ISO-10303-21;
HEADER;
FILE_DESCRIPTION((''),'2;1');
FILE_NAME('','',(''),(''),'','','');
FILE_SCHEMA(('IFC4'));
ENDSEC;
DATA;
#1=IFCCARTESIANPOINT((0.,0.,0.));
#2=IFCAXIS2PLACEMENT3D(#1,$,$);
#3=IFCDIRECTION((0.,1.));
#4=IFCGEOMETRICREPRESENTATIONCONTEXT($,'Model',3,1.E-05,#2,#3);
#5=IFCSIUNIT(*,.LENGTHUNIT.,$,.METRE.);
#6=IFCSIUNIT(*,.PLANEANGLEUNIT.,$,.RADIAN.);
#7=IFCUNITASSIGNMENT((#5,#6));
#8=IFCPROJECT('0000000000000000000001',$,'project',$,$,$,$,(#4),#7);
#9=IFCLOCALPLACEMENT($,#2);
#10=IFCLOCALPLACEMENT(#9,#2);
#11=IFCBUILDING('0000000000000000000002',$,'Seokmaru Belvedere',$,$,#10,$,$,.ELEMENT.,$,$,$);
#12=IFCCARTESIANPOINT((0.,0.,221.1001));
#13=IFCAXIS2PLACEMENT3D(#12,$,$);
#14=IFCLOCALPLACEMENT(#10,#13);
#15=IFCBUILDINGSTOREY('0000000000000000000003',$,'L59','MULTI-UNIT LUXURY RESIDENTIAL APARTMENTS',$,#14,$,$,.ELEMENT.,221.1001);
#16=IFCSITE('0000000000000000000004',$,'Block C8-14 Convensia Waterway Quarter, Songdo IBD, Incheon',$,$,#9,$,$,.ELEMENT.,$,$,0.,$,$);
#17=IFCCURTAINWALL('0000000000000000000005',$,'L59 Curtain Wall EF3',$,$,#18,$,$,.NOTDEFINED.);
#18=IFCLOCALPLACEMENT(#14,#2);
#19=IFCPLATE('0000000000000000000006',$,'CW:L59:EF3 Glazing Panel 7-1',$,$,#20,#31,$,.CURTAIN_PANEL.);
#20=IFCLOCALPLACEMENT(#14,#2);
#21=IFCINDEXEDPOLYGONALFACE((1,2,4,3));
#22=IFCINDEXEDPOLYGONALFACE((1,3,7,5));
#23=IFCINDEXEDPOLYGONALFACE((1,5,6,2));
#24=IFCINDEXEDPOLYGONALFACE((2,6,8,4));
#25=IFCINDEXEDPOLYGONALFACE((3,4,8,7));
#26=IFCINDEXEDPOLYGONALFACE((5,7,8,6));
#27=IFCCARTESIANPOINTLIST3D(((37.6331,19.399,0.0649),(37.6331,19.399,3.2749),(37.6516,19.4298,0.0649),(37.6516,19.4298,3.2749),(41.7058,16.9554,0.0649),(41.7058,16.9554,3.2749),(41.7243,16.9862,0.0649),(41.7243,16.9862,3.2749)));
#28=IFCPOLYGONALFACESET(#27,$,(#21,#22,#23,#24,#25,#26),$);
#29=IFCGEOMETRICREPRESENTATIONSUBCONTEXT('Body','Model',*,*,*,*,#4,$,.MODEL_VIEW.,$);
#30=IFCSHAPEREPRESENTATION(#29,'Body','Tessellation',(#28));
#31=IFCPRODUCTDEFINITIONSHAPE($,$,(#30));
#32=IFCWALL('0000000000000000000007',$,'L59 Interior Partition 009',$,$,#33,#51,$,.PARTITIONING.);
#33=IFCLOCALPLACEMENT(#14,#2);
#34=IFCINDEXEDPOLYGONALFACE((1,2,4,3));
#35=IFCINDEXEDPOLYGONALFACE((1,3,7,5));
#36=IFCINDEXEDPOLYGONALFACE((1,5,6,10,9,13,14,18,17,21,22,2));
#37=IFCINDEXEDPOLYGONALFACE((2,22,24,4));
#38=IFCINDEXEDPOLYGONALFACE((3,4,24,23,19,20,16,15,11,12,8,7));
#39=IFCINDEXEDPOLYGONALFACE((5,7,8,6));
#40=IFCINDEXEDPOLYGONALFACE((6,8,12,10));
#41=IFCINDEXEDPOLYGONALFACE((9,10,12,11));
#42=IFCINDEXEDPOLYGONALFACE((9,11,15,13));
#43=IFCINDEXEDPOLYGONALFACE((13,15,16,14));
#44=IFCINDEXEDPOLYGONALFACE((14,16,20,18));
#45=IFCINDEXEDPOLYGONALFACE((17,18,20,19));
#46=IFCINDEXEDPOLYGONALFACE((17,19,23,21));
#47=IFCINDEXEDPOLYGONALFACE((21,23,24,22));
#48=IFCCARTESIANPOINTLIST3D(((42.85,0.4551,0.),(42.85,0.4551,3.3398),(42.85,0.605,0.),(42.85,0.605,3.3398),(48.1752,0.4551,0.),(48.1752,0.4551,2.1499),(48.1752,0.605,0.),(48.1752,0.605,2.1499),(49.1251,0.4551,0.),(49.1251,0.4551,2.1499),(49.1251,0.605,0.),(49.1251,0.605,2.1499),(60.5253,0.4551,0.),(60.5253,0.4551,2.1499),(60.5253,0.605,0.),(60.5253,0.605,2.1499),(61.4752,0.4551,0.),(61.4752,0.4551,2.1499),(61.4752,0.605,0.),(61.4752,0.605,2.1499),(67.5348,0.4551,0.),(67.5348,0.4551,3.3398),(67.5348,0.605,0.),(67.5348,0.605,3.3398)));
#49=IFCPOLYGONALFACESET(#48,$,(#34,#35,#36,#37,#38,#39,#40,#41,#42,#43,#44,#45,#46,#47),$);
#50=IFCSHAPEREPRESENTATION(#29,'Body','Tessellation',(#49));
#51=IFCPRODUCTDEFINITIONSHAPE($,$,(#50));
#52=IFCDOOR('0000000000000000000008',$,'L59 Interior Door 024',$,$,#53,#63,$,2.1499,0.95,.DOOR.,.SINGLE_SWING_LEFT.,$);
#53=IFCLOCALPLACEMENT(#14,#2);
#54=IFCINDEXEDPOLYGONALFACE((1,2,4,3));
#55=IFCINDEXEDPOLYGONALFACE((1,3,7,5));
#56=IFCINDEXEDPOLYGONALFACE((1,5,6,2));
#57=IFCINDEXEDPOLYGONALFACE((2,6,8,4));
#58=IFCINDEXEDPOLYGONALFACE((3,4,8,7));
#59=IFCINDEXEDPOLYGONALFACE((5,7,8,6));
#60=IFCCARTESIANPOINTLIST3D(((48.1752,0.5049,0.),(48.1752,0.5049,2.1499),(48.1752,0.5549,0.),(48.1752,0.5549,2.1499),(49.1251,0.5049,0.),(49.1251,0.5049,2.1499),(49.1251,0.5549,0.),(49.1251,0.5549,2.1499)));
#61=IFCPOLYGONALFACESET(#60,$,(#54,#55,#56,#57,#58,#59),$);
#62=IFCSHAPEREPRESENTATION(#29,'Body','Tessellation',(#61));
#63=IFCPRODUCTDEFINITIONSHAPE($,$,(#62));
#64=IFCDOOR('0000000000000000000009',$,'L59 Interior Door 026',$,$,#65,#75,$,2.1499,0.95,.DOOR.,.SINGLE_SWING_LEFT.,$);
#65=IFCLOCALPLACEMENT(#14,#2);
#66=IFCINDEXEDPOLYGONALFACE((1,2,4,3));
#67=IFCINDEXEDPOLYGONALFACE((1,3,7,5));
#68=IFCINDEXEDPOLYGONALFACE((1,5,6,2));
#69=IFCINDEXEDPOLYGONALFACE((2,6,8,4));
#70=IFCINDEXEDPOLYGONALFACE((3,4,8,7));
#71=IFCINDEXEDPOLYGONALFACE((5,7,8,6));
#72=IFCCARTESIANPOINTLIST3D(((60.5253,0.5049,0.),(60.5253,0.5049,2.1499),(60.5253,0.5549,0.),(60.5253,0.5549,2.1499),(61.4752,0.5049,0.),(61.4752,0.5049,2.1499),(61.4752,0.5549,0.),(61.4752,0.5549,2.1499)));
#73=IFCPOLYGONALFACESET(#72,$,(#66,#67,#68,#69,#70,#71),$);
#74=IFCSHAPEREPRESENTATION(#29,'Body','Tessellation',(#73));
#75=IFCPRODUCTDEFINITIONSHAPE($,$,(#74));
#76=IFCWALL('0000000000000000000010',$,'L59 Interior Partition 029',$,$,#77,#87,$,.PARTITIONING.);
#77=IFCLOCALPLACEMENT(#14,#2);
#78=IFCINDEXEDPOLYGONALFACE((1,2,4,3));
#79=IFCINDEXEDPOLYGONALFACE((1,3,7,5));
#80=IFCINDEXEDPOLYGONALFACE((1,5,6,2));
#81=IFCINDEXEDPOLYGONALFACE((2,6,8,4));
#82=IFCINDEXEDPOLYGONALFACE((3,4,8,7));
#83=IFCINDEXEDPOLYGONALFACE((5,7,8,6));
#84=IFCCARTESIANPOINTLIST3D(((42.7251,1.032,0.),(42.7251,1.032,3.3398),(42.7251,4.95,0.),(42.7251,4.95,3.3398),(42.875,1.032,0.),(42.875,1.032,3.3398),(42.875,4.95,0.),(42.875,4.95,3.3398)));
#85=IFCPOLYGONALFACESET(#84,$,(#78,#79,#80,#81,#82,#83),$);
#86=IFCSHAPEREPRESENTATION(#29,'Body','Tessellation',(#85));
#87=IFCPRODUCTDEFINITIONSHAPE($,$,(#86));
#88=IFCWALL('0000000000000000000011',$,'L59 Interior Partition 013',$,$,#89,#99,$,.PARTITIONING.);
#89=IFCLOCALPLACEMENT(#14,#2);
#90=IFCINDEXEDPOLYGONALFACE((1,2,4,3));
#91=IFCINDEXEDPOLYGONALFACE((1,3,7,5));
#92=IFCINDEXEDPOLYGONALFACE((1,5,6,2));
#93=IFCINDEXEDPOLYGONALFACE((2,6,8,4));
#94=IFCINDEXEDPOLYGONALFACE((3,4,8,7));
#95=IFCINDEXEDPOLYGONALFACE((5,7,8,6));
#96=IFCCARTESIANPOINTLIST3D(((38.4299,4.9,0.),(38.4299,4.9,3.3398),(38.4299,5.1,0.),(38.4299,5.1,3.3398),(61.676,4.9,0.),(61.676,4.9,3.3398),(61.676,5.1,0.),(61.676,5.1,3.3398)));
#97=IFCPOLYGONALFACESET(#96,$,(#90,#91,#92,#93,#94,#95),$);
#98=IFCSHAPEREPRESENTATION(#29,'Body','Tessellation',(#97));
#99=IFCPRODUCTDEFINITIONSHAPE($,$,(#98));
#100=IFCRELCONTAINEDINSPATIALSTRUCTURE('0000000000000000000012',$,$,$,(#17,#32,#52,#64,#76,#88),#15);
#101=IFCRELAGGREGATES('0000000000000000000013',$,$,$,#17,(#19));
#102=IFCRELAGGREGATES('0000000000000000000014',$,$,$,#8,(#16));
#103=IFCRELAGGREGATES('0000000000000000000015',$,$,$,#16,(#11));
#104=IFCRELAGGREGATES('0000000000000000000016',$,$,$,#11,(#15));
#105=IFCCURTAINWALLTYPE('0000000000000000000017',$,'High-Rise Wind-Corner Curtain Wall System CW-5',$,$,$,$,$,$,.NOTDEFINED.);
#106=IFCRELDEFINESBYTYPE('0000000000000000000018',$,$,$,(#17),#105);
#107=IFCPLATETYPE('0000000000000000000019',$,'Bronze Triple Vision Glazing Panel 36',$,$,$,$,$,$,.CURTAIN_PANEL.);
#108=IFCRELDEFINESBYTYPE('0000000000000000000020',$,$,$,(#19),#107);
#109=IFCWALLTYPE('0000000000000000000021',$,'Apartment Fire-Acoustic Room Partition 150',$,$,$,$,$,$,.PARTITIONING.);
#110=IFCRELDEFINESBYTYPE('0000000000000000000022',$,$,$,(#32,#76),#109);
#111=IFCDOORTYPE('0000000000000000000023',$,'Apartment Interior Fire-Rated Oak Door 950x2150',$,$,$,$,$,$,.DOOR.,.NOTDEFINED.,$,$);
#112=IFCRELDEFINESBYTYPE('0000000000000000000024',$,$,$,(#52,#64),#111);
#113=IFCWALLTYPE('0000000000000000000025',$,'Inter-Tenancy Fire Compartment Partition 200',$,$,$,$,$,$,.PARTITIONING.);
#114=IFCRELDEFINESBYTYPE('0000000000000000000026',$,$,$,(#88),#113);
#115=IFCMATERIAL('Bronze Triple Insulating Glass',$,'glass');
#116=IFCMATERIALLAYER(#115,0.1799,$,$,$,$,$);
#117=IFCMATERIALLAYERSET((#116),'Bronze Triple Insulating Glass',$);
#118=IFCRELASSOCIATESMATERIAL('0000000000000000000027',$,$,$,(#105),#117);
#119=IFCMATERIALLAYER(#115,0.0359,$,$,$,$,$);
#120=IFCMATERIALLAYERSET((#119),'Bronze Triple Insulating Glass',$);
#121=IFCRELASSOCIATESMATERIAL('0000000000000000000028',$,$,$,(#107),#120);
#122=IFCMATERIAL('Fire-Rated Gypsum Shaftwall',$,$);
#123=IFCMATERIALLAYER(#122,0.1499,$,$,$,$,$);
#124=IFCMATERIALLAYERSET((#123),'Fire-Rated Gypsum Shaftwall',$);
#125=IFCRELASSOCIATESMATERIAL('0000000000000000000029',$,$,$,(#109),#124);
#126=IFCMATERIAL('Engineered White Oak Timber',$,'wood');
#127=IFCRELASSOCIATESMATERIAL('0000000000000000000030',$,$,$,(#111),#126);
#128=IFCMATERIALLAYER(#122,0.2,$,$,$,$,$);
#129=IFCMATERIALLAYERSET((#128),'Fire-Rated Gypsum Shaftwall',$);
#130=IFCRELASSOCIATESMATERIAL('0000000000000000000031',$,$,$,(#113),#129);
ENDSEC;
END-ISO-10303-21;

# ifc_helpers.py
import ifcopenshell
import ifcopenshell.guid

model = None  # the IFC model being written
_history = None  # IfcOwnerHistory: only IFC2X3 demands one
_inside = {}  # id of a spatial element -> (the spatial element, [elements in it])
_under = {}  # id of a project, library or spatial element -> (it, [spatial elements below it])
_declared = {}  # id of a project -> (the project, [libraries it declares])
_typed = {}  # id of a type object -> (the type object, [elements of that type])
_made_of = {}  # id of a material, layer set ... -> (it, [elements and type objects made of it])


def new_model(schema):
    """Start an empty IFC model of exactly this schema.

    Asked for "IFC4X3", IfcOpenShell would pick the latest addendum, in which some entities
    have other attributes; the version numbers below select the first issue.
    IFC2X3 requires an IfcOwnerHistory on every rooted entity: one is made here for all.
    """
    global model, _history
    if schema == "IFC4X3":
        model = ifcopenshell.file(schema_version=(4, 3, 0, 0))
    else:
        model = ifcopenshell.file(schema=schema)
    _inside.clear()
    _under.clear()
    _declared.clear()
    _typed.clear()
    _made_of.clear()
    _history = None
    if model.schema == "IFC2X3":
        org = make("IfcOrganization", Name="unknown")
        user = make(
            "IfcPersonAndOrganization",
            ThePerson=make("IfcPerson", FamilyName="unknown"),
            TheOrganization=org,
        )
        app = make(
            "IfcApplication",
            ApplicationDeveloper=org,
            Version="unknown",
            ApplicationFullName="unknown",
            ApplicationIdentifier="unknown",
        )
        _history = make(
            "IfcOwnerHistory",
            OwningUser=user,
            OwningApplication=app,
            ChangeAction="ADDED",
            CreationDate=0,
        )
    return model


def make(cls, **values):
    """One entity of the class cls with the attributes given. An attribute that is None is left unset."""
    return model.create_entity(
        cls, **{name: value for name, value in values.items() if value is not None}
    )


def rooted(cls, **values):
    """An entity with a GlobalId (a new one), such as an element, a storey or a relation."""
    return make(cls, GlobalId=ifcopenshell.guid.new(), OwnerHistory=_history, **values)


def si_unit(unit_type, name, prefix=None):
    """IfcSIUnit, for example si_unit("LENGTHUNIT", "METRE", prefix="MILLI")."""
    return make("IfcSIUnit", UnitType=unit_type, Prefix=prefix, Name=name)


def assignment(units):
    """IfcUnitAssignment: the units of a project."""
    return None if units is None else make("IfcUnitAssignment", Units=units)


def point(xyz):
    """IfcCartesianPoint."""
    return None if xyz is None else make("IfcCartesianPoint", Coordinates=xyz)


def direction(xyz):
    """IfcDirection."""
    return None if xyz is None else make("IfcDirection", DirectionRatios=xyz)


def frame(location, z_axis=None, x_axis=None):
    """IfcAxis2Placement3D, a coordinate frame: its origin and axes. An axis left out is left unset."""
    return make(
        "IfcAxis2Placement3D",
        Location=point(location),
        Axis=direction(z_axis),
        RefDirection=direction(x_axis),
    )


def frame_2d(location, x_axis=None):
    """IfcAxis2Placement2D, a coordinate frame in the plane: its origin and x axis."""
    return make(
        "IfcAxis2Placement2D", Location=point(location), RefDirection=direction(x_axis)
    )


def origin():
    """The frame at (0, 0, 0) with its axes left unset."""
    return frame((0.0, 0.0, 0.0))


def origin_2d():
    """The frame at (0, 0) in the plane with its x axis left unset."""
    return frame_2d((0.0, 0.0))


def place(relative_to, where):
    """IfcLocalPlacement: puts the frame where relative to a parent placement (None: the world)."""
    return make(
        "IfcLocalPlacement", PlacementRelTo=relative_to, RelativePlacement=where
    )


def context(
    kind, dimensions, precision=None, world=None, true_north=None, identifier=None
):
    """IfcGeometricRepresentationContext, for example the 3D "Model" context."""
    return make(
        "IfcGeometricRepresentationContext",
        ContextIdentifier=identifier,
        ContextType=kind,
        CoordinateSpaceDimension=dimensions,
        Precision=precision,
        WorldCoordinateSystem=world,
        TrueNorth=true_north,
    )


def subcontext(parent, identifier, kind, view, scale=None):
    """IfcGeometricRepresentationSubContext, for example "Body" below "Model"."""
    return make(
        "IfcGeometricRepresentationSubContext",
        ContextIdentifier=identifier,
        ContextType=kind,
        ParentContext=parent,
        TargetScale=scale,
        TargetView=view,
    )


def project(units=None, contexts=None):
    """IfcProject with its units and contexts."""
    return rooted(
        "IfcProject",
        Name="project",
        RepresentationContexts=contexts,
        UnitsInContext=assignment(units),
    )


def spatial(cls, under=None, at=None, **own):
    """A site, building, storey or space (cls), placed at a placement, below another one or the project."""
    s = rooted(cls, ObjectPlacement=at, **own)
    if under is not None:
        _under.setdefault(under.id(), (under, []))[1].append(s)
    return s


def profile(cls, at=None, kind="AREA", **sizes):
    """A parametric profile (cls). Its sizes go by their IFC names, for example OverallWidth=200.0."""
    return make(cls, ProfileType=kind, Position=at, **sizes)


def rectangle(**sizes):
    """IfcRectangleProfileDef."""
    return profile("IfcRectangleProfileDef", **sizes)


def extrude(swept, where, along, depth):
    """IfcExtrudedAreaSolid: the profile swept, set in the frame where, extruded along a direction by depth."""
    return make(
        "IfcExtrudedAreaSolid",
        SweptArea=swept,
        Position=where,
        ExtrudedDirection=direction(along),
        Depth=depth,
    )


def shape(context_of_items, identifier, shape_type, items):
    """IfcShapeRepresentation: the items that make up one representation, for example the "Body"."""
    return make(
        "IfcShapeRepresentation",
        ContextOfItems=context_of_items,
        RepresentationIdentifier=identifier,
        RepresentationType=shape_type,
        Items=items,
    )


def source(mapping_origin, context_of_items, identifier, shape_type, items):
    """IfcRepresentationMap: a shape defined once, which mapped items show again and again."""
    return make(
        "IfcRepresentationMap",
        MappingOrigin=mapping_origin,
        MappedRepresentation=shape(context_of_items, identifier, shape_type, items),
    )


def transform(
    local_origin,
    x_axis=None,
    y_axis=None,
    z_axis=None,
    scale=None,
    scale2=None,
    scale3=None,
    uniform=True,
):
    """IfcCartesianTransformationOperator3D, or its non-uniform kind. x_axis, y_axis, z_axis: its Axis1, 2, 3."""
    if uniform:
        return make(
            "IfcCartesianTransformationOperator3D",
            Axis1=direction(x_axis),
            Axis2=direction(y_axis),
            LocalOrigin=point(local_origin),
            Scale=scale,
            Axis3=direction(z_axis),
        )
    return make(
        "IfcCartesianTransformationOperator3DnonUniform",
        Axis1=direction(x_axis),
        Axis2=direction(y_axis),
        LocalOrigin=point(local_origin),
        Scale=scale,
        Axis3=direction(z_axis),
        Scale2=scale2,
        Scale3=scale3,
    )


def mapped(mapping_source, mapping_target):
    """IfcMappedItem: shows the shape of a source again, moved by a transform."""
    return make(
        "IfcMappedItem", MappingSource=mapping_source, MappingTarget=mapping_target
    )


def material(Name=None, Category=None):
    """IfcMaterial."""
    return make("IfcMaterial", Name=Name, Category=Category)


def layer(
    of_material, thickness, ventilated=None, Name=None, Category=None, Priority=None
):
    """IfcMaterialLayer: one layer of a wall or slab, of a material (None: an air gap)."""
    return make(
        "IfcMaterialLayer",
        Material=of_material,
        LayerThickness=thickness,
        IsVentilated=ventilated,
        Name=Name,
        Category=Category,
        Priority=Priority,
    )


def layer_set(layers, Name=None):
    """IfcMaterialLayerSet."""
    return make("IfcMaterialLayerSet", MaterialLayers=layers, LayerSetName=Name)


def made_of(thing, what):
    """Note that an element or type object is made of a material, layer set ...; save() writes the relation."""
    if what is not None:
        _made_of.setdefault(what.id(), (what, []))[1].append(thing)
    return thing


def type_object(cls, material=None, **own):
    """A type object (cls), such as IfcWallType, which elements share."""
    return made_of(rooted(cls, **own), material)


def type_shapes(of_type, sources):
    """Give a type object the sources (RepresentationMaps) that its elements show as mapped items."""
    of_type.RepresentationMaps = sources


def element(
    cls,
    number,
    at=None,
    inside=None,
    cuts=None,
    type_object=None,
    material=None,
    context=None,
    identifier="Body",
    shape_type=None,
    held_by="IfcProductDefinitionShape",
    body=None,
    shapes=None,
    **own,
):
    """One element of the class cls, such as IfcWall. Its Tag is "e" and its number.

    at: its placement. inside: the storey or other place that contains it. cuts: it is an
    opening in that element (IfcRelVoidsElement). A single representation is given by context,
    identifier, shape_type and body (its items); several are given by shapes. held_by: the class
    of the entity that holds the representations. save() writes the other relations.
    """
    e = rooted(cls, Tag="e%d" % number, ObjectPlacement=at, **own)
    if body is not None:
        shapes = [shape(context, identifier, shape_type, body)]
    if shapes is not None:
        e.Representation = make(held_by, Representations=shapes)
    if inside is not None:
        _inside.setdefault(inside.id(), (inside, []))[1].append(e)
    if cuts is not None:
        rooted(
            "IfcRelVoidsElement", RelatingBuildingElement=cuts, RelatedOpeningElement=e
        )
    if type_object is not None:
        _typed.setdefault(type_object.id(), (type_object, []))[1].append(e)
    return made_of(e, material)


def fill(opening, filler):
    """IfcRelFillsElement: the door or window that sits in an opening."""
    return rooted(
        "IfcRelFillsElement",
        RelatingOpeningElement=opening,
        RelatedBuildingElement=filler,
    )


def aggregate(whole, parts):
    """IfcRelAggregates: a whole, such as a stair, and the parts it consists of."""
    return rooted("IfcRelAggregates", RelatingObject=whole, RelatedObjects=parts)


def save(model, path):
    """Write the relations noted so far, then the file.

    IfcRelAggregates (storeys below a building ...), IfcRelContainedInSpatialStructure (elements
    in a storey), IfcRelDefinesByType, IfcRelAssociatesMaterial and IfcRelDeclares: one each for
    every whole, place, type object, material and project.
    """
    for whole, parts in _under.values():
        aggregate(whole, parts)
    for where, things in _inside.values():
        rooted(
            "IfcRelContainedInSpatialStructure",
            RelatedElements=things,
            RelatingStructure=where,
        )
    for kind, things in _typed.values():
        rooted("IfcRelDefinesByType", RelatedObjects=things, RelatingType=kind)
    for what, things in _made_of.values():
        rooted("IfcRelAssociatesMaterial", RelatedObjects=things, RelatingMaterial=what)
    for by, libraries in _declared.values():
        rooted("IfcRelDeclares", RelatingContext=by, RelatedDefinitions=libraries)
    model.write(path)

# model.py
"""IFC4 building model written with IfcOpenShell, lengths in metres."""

from ifc_helpers import new_model, si_unit, direction, frame, frame_2d, origin, origin_2d, place, context, subcontext, project, spatial, rectangle, extrude, source, transform, mapped, material, layer, layer_set, type_object, type_shapes, element, fill, aggregate, save


model = new_model("IFC4")

# Units and contexts
model_context = context("Model", 3, precision=1e-05, world=origin(), true_north=direction((0.0, 1.0)))
body_context = subcontext(model_context, "Body", "Model", "MODEL_VIEW")
ifc_project = project(units=[si_unit("LENGTHUNIT", "METRE"), si_unit("PLANEANGLEUNIT", "RADIAN")], contexts=[model_context])

# Site, building, storey
site_placement = place(None, origin())
site = spatial("IfcSite", under=ifc_project, at=site_placement, Name="Block C8-14 Convensia Waterway Quarter, Songdo IBD, Incheon", CompositionType="ELEMENT", RefElevation=0.0)
building_placement = place(site_placement, origin())
building = spatial("IfcBuilding", under=site, at=building_placement, Name="Seokmaru Belvedere", CompositionType="ELEMENT")
storey_placement = place(building_placement, frame((0.0, 0.0, 221.1001)))
storey = spatial("IfcBuildingStorey", under=building, at=storey_placement, Name="L59", Description="MULTI-UNIT LUXURY RESIDENTIAL APARTMENTS", CompositionType="ELEMENT", Elevation=221.1001)

# Curtain wall, plate
ifc_material_1 = material(Name="Bronze Triple Insulating Glass", Category="glass")
ifc_layer_1 = layer(ifc_material_1, 0.1799)
ifc_layer_set_1 = layer_set([ifc_layer_1], Name="Bronze Triple Insulating Glass")
curtain_wall_type = type_object("IfcCurtainWallType", Name="High-Rise Wind-Corner Curtain Wall System CW-5", PredefinedType="NOTDEFINED", material=ifc_layer_set_1)
curtain_wall_placement = place(storey_placement, origin())
curtain_wall = element("IfcCurtainWall", 1, at=curtain_wall_placement, inside=storey, type_object=curtain_wall_type, Name="L59 Curtain Wall EF3", PredefinedType="NOTDEFINED")
ifc_layer_2 = layer(ifc_material_1, 0.0359)
ifc_layer_set_2 = layer_set([ifc_layer_2], Name="Bronze Triple Insulating Glass")
plate_type = type_object("IfcPlateType", Name="Bronze Triple Vision Glazing Panel 36", PredefinedType="CURTAIN_PANEL", material=ifc_layer_set_2)
shared_shape_1 = source(origin(), body_context, "Body", "SweptSolid", [
    extrude(rectangle(XDim=4.7495, YDim=0.0359, at=origin_2d()), origin(), (0.0, 0.0, 1.0), 3.21),
])
type_shapes(plate_type, [shared_shape_1])
plate_1_placement = place(storey_placement, frame((39.6787, 18.1926, 0.0649), z_axis=(0.0, 0.0, 1.0), x_axis=(-0.857493, 0.514495, 0.0)))
plate_1 = element("IfcPlate", 2, at=plate_1_placement, type_object=plate_type, Name="CW:L59:EF3 Glazing Panel 7-1", PredefinedType="CURTAIN_PANEL", context=body_context, shape_type="MappedRepresentation", body=[
    mapped(shared_shape_1, transform((0.0, 0.0, 0.0), scale=1.0)),
])
aggregate(curtain_wall, [plate_1])

# Wall, openings, doors
ifc_material_2 = material(Name="Fire-Rated Gypsum Shaftwall")
ifc_layer_3 = layer(ifc_material_2, 0.1499)
ifc_layer_set_3 = layer_set([ifc_layer_3], Name="Fire-Rated Gypsum Shaftwall")
wall_type_1 = type_object("IfcWallType", Name="Apartment Fire-Acoustic Room Partition 150", PredefinedType="PARTITIONING", material=ifc_layer_set_3)
wall_1_placement = place(storey_placement, frame((42.8501, 0.53, 0.0), z_axis=(0.0, 0.0, 1.0), x_axis=(1.0, 0.0, 0.0)))
wall_1 = element("IfcWall", 3, at=wall_1_placement, inside=storey, type_object=wall_type_1, Name="L59 Interior Partition 009", PredefinedType="PARTITIONING", context=body_context, shape_type="SweptSolid", body=[
    extrude(rectangle(XDim=24.6848, YDim=0.1499, at=frame_2d((12.3423, 0.0))), origin(), (0.0, 0.0, 1.0), 3.3398),
])
opening_1_placement = place(wall_1_placement, frame((5.325, 0.0, 0.0)))
opening_1 = element("IfcOpeningElement", 4, at=opening_1_placement, cuts=wall_1, PredefinedType="OPENING", context=body_context, shape_type="SweptSolid", body=[
    extrude(rectangle(XDim=0.95, YDim=2.1499, at=frame_2d((0.4751, 1.075))), frame((0.0, 0.085, 0.0), z_axis=(0.0, -1.0, 0.0), x_axis=(1.0, 0.0, 0.0)), (0.0, 0.0, 1.0), 0.1699),
])
opening_2_placement = place(wall_1_placement, frame((17.675, 0.0, 0.0)))
opening_2 = element("IfcOpeningElement", 5, at=opening_2_placement, cuts=wall_1, PredefinedType="OPENING", context=body_context, shape_type="SweptSolid", body=[
    extrude(rectangle(XDim=0.95, YDim=2.1499, at=frame_2d((0.4751, 1.075))), frame((0.0, 0.085, 0.0), z_axis=(0.0, -1.0, 0.0), x_axis=(1.0, 0.0, 0.0)), (0.0, 0.0, 1.0), 0.1699),
])
ifc_material_3 = material(Name="Engineered White Oak Timber", Category="wood")
door_type_1 = type_object("IfcDoorType", Name="Apartment Interior Fire-Rated Oak Door 950x2150", OperationType="NOTDEFINED", PredefinedType="DOOR", material=ifc_material_3)
shared_shape_2 = source(origin(), body_context, "Body", "SweptSolid", [
    extrude(rectangle(XDim=0.95, YDim=2.1499, at=frame_2d((0.4751, 1.075))), frame((0.0, 0.0249, 0.0), z_axis=(0.0, -1.0, 0.0), x_axis=(1.0, 0.0, 0.0)), (0.0, 0.0, 1.0), 0.05),
])
type_shapes(door_type_1, [shared_shape_2])
door_1_placement = place(opening_1_placement, origin())
door_1 = element("IfcDoor", 6, at=door_1_placement, inside=storey, type_object=door_type_1, Name="L59 Interior Door 024", OperationType="SINGLE_SWING_LEFT", OverallHeight=2.1499, OverallWidth=0.95, PredefinedType="DOOR", context=body_context, shape_type="MappedRepresentation", body=[
    mapped(shared_shape_2, transform((0.0, 0.0, 0.0), scale=1.0)),
])
fill(opening_1, door_1)
door_2_placement = place(opening_2_placement, origin())
door_2 = element("IfcDoor", 7, at=door_2_placement, inside=storey, type_object=door_type_1, Name="L59 Interior Door 026", OperationType="SINGLE_SWING_LEFT", OverallHeight=2.1499, OverallWidth=0.95, PredefinedType="DOOR", context=body_context, shape_type="MappedRepresentation", body=[
    mapped(shared_shape_2, transform((0.0, 0.0, 0.0), scale=1.0)),
])
fill(opening_2, door_2)

# Walls
wall_2_placement = place(storey_placement, frame((42.8, 1.032, 0.0), z_axis=(0.0, 0.0, 1.0), x_axis=(0.0, 1.0, 0.0)))
element("IfcWall", 8, at=wall_2_placement, inside=storey, type_object=wall_type_1, Name="L59 Interior Partition 029", PredefinedType="PARTITIONING", context=body_context, shape_type="SweptSolid", body=[
    extrude(rectangle(XDim=3.918, YDim=0.1499, at=frame_2d((1.959, 0.0))), origin(), (0.0, 0.0, 1.0), 3.3398),
])
ifc_layer_4 = layer(ifc_material_2, 0.2)
ifc_layer_set_4 = layer_set([ifc_layer_4], Name="Fire-Rated Gypsum Shaftwall")
wall_type_2 = type_object("IfcWallType", Name="Inter-Tenancy Fire Compartment Partition 200", PredefinedType="PARTITIONING", material=ifc_layer_set_4)
wall_3_placement = place(storey_placement, frame((38.4299, 5.0, 0.0), z_axis=(0.0, 0.0, 1.0), x_axis=(1.0, 0.0, 0.0)))
element("IfcWall", 9, at=wall_3_placement, inside=storey, type_object=wall_type_2, Name="L59 Interior Partition 013", PredefinedType="PARTITIONING", context=body_context, shape_type="SweptSolid", body=[
    extrude(rectangle(XDim=23.2461, YDim=0.2, at=frame_2d((11.623, 0.0))), origin(), (0.0, 0.0, 1.0), 3.3398),
])

save(model, "model.ifc")
